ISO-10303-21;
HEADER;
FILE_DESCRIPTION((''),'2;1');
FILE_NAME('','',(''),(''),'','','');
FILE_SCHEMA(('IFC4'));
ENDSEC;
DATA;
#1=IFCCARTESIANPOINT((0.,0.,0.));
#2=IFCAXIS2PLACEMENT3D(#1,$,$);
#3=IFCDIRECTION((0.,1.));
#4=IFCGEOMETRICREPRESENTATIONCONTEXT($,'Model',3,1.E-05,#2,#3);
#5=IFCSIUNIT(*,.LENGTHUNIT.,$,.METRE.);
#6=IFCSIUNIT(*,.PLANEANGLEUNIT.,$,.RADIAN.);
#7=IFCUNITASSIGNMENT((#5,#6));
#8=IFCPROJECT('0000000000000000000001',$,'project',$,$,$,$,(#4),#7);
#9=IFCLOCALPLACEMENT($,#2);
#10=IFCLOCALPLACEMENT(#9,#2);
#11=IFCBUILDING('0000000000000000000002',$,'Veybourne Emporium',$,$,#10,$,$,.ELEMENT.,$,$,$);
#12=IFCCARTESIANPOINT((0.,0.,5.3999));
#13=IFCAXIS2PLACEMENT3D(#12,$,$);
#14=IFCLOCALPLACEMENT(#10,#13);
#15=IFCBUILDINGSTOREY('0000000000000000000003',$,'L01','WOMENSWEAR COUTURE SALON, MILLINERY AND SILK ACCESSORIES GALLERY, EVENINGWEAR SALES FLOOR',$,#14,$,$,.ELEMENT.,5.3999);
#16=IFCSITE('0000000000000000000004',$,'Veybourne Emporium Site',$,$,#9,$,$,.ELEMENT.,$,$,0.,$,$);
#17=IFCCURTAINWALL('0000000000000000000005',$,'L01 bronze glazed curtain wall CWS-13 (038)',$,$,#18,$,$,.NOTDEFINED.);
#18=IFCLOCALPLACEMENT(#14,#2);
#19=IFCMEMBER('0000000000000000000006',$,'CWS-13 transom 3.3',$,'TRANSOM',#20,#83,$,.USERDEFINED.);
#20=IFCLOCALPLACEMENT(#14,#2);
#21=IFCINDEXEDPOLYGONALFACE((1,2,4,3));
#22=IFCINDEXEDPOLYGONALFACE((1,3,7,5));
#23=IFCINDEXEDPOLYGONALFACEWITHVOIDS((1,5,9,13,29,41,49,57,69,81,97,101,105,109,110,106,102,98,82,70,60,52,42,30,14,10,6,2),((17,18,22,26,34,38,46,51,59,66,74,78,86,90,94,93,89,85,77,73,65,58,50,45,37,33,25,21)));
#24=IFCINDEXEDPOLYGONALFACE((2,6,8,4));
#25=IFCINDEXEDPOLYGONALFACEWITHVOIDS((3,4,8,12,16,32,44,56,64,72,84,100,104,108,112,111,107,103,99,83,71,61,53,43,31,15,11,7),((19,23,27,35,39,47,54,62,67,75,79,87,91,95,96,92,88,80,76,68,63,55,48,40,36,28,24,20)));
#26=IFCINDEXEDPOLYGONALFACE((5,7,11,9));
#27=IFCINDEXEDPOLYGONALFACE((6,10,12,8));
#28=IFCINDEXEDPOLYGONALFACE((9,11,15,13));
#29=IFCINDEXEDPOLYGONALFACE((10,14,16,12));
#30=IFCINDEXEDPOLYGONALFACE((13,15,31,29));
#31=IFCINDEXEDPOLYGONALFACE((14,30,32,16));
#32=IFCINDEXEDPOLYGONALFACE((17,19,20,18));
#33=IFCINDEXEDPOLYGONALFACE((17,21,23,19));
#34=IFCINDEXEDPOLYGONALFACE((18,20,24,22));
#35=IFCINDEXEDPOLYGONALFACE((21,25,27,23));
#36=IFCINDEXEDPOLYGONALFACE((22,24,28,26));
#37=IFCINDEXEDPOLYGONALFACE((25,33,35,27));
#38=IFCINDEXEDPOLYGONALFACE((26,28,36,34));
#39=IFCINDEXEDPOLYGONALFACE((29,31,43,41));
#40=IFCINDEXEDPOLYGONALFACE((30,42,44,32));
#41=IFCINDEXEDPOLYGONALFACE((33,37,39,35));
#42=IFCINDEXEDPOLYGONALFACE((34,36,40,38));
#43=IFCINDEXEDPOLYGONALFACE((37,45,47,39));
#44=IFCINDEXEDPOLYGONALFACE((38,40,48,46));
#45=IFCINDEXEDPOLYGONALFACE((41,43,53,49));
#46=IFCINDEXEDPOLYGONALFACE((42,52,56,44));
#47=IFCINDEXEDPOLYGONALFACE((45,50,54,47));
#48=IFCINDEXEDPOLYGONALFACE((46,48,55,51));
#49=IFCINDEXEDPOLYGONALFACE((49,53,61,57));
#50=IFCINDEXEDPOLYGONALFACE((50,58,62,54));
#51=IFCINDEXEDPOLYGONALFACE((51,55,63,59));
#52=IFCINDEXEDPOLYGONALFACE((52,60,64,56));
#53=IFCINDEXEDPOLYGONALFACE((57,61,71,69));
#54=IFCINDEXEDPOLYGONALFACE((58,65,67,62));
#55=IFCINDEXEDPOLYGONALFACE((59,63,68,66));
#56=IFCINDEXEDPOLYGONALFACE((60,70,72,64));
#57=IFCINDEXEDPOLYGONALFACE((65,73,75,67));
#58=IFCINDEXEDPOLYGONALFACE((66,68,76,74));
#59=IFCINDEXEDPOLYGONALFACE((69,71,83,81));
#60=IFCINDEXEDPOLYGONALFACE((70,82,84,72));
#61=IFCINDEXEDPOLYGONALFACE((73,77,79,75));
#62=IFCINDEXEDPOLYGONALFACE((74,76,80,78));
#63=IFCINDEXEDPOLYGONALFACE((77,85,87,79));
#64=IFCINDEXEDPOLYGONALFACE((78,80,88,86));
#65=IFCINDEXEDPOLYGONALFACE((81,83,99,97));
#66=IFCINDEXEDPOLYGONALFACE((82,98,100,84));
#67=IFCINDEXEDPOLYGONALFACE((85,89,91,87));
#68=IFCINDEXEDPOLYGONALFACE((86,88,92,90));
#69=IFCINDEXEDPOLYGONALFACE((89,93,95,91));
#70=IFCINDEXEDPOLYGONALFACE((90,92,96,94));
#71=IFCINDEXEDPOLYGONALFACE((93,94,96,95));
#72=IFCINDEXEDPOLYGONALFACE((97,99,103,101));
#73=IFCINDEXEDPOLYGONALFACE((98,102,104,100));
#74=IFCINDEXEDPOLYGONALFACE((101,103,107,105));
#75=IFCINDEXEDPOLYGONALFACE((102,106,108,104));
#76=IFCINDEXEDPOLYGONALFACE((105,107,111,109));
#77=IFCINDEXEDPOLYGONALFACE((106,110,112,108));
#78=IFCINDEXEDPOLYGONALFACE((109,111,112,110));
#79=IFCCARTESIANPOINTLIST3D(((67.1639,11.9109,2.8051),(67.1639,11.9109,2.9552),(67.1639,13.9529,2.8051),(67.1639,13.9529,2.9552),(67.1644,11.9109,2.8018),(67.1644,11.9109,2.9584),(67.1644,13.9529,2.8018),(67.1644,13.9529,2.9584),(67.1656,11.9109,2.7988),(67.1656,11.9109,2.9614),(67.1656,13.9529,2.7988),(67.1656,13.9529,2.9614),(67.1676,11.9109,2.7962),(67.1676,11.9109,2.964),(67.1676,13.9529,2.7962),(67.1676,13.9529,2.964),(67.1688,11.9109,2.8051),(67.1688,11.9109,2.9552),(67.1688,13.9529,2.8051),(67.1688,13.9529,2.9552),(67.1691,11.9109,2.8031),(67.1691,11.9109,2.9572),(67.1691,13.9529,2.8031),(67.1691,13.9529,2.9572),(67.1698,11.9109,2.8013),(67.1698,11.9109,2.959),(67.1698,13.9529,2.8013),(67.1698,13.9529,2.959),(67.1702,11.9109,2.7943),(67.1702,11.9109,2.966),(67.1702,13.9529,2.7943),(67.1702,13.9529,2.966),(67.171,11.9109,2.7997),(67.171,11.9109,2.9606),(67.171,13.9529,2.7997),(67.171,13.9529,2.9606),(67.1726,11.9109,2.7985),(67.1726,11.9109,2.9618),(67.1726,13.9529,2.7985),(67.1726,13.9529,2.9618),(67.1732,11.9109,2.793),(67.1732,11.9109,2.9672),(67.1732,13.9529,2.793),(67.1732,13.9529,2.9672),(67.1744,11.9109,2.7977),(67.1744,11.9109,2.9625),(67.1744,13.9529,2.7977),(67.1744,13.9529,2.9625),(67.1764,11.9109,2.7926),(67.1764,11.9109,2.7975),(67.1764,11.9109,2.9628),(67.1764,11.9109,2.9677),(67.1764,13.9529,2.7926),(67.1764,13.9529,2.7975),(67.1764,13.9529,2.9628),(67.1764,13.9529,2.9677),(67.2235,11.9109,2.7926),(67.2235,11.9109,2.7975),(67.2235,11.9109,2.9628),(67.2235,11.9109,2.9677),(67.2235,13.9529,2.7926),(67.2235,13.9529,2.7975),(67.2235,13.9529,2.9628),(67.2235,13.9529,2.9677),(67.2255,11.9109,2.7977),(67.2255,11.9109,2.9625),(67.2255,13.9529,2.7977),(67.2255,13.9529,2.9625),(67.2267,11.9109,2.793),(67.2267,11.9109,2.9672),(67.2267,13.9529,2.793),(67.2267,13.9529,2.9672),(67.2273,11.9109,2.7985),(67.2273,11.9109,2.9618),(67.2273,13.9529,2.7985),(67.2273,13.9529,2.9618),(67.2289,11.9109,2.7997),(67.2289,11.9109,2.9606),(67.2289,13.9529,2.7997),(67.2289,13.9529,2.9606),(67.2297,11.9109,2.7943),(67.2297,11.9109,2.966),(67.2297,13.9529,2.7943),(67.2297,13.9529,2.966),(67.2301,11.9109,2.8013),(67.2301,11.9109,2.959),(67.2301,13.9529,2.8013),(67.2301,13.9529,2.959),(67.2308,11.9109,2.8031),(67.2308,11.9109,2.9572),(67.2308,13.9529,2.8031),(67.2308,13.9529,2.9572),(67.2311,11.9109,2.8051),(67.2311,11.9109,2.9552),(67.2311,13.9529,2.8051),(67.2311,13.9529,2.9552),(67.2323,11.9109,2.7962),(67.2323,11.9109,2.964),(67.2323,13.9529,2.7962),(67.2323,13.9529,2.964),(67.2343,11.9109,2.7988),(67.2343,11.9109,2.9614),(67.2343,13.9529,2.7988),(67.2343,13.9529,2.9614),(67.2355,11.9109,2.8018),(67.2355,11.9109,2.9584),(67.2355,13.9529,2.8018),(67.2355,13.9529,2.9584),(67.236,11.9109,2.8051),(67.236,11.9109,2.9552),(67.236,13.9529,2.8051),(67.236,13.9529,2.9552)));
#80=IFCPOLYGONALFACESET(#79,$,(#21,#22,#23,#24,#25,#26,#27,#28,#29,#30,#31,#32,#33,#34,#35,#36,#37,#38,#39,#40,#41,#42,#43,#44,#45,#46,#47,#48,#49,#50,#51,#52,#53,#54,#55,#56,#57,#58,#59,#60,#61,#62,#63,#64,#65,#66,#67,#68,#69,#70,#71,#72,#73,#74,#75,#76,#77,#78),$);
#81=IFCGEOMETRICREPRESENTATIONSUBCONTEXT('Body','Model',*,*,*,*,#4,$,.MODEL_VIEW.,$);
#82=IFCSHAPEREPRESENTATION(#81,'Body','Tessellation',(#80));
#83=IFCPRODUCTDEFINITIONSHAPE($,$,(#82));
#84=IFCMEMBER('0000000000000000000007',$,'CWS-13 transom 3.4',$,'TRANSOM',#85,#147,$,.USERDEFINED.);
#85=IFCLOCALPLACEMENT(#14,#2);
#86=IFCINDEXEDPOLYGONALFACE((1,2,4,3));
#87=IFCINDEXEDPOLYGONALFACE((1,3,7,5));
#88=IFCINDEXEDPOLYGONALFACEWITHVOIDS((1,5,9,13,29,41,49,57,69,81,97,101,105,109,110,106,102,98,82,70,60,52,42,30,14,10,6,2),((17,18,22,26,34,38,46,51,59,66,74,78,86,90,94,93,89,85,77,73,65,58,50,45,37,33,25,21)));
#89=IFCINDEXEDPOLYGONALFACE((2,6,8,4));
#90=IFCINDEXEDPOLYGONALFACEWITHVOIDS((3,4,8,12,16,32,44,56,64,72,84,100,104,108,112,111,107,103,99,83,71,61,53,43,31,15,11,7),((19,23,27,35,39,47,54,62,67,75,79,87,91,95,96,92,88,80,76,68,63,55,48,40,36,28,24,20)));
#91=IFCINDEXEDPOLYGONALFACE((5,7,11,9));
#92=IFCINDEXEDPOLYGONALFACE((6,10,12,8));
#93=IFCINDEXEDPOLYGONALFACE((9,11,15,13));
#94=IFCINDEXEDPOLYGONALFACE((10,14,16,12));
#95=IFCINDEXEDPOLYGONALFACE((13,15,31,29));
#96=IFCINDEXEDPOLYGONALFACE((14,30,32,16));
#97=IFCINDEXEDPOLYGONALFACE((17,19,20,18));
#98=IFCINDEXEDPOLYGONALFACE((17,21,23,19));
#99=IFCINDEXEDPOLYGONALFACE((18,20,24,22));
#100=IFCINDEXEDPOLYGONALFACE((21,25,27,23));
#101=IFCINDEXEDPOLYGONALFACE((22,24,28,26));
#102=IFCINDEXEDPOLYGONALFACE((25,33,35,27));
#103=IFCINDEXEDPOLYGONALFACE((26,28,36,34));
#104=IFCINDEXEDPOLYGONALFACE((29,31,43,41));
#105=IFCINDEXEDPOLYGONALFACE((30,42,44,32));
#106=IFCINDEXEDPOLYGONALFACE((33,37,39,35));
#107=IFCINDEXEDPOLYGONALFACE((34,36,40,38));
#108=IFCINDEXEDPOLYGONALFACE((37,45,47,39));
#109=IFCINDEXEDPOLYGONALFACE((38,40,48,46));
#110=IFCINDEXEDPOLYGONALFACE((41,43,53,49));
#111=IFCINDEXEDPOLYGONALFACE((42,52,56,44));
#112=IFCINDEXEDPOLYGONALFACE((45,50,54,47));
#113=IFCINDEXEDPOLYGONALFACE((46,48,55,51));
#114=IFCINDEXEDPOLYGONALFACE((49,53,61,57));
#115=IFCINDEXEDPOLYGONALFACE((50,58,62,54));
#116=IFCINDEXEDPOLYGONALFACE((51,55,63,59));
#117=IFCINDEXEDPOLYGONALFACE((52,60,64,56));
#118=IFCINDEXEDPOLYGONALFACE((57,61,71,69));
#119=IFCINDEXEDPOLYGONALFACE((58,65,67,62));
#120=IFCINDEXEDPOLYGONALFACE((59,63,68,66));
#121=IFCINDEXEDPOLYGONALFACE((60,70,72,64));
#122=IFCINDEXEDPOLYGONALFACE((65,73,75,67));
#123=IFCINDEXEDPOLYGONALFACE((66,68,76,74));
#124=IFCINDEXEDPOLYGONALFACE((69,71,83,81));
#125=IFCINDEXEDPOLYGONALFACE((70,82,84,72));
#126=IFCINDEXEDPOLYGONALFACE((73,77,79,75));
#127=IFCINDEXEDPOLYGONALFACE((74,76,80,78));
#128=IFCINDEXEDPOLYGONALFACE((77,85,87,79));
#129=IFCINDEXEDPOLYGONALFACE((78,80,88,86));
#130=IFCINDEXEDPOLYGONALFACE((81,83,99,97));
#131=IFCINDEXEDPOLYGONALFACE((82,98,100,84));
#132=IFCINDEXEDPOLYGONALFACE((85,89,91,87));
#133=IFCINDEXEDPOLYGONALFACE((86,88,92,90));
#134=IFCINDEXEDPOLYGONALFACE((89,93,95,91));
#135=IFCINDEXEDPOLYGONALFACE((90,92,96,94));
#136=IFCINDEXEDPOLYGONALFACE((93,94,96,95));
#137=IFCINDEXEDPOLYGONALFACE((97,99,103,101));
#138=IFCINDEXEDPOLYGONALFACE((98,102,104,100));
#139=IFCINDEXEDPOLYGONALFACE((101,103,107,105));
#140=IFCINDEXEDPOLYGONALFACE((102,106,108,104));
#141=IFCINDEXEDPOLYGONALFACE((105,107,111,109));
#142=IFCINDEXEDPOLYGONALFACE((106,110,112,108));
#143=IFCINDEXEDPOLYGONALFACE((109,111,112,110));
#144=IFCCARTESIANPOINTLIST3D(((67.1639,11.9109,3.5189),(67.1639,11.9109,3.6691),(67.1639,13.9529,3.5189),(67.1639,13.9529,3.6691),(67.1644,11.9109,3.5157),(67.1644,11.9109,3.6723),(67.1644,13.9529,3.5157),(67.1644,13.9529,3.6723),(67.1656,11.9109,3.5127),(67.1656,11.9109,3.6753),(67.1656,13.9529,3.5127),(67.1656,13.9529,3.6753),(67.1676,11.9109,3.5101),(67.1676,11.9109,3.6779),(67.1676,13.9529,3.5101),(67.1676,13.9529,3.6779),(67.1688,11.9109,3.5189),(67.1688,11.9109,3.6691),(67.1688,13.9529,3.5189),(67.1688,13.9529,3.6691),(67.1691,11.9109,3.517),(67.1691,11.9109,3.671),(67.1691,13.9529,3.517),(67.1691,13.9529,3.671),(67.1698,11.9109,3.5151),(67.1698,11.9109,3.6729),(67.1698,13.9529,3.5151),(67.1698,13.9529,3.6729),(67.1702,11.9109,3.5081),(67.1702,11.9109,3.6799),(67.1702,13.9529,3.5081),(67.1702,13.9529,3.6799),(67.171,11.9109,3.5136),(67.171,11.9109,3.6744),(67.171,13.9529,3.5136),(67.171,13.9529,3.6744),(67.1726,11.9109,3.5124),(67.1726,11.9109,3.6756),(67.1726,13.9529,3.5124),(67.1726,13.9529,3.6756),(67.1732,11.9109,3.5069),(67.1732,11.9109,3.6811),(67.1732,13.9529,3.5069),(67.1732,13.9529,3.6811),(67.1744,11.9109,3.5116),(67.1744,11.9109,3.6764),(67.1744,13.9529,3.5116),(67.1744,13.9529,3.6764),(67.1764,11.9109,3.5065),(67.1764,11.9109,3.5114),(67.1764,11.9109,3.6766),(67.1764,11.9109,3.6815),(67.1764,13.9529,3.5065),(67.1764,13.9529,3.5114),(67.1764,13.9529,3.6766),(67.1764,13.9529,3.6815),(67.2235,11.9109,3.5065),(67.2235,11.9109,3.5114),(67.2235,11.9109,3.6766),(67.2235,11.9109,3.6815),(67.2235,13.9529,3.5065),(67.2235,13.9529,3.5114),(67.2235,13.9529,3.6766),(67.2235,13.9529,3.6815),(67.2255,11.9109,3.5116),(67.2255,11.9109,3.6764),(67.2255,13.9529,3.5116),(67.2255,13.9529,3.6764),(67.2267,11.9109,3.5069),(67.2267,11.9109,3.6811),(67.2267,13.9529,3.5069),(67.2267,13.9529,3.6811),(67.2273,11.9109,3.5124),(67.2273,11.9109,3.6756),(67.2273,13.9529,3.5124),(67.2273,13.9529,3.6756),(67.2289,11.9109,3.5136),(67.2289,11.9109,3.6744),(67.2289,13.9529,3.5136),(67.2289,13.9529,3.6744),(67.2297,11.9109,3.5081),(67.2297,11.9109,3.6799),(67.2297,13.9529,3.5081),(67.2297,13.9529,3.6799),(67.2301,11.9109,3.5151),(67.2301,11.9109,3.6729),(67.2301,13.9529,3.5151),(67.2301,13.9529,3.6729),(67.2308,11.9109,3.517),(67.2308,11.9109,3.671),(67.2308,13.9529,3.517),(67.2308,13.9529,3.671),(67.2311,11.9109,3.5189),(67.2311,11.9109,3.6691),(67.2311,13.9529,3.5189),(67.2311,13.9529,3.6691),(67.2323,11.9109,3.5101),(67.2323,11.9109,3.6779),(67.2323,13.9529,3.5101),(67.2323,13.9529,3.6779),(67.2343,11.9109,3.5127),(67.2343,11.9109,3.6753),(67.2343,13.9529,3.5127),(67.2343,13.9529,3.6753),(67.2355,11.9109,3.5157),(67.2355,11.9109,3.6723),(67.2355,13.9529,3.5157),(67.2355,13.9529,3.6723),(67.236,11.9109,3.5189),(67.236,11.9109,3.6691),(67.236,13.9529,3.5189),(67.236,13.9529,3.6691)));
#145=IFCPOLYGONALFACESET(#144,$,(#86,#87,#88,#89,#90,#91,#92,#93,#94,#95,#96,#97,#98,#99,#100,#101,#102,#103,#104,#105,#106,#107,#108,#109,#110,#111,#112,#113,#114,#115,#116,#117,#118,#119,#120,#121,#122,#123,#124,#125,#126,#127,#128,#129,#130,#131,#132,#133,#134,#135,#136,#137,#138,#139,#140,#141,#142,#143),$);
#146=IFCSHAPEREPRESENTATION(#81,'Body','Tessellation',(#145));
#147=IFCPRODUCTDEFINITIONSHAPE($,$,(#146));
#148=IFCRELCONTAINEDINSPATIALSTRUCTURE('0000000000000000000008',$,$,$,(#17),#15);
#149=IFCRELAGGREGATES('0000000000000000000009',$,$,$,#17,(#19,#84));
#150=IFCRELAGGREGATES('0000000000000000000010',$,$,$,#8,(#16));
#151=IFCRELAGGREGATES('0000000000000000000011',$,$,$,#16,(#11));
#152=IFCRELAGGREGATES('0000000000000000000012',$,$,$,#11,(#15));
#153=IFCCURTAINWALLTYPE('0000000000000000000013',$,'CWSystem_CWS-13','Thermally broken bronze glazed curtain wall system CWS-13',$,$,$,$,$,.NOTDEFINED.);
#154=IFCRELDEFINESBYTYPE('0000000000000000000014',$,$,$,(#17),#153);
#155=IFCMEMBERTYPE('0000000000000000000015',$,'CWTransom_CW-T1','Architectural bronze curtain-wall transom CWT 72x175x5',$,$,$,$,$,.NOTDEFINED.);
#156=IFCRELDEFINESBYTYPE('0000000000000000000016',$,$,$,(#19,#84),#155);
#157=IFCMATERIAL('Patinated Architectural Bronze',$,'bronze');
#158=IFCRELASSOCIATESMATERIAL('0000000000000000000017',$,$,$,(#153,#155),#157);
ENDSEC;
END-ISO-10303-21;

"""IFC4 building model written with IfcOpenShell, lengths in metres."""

from ifc_helpers import new_model, si_unit, direction, frame, origin, origin_2d, place, context, subcontext, project, spatial, hollow_rectangle, extrude, material, material_profile, profile_set, type_object, element, aggregate, save


model = new_model("IFC4")

# Units and contexts
model_context = context("Model", 3, precision=1e-05, world=origin(), true_north=direction((0.0, 1.0)))
body_context = subcontext(model_context, "Body", "Model", "MODEL_VIEW")
ifc_project = project(units=[si_unit("LENGTHUNIT", "METRE"), si_unit("PLANEANGLEUNIT", "RADIAN")], contexts=[model_context])

# Site, building, storey
site_placement = place(None, origin())
site = spatial("IfcSite", under=ifc_project, at=site_placement, Name="Veybourne Emporium Site", CompositionType="ELEMENT", RefElevation=0.0)
building_placement = place(site_placement, origin())
building = spatial("IfcBuilding", under=site, at=building_placement, Name="Veybourne Emporium", CompositionType="ELEMENT")
storey_placement = place(building_placement, frame((0.0, 0.0, 5.3999)))
storey = spatial("IfcBuildingStorey", under=building, at=storey_placement, Name="L01", Description="WOMENSWEAR COUTURE SALON, MILLINERY AND SILK ACCESSORIES GALLERY, EVENINGWEAR SALES FLOOR", CompositionType="ELEMENT", Elevation=5.3999)

# Curtain wall
ifc_material_1 = material(Name="Patinated Architectural Bronze", Category="bronze")
curtain_wall_type_1 = type_object("IfcCurtainWallType", Name="CWSystem_CWS-13", Description="Thermally broken bronze glazed curtain wall system CWS-13", PredefinedType="NOTDEFINED", material=ifc_material_1)
curtain_wall_1_placement = place(storey_placement, origin())
curtain_wall_1 = element("IfcCurtainWall", 1, at=curtain_wall_1_placement, inside=storey, type_object=curtain_wall_type_1, Name="L01 bronze glazed curtain wall CWS-13 (038)", PredefinedType="NOTDEFINED")

# Members
ifc_material_profile_1 = material_profile(ifc_material_1, hollow_rectangle(XDim=0.072, YDim=0.175, WallThickness=0.0049, InnerFilletRadius=0.0076, OuterFilletRadius=0.0125, at=origin_2d()), Name="CWT 72x175x5")
ifc_profile_set_1 = profile_set([ifc_material_profile_1], Name="Patinated Architectural Bronze")
member_type_1 = type_object("IfcMemberType", Name="CWTransom_CW-T1", Description="Architectural bronze curtain-wall transom CWT 72x175x5", PredefinedType="NOTDEFINED", material=ifc_profile_set_1)
member_1_placement = place(storey_placement, frame((67.2, 11.9109, 2.8801), z_axis=(0.0, 1.0, 0.0), x_axis=(-1.0, 0.0, 0.0)))
member_1 = element("IfcMember", 2, at=member_1_placement, type_object=member_type_1, Name="CWS-13 transom 3.3", ObjectType="TRANSOM", PredefinedType="USERDEFINED", context=body_context, shape_type="SweptSolid", body=[
    extrude(hollow_rectangle(XDim=0.072, YDim=0.175, WallThickness=0.0049, InnerFilletRadius=0.0076, OuterFilletRadius=0.0125, at=origin_2d()), origin(), (0.0, 0.0, 1.0), 2.042),
])
member_2_placement = place(storey_placement, frame((67.2, 11.9109, 3.594), z_axis=(0.0, 1.0, 0.0), x_axis=(-1.0, 0.0, 0.0)))
member_2 = element("IfcMember", 3, at=member_2_placement, type_object=member_type_1, Name="CWS-13 transom 3.4", ObjectType="TRANSOM", PredefinedType="USERDEFINED", context=body_context, shape_type="SweptSolid", body=[
    extrude(hollow_rectangle(XDim=0.072, YDim=0.175, WallThickness=0.0049, InnerFilletRadius=0.0076, OuterFilletRadius=0.0125, at=origin_2d()), origin(), (0.0, 0.0, 1.0), 2.042),
])

aggregate(curtain_wall_1, [member_1, member_2])

save(model, "model.ifc")
